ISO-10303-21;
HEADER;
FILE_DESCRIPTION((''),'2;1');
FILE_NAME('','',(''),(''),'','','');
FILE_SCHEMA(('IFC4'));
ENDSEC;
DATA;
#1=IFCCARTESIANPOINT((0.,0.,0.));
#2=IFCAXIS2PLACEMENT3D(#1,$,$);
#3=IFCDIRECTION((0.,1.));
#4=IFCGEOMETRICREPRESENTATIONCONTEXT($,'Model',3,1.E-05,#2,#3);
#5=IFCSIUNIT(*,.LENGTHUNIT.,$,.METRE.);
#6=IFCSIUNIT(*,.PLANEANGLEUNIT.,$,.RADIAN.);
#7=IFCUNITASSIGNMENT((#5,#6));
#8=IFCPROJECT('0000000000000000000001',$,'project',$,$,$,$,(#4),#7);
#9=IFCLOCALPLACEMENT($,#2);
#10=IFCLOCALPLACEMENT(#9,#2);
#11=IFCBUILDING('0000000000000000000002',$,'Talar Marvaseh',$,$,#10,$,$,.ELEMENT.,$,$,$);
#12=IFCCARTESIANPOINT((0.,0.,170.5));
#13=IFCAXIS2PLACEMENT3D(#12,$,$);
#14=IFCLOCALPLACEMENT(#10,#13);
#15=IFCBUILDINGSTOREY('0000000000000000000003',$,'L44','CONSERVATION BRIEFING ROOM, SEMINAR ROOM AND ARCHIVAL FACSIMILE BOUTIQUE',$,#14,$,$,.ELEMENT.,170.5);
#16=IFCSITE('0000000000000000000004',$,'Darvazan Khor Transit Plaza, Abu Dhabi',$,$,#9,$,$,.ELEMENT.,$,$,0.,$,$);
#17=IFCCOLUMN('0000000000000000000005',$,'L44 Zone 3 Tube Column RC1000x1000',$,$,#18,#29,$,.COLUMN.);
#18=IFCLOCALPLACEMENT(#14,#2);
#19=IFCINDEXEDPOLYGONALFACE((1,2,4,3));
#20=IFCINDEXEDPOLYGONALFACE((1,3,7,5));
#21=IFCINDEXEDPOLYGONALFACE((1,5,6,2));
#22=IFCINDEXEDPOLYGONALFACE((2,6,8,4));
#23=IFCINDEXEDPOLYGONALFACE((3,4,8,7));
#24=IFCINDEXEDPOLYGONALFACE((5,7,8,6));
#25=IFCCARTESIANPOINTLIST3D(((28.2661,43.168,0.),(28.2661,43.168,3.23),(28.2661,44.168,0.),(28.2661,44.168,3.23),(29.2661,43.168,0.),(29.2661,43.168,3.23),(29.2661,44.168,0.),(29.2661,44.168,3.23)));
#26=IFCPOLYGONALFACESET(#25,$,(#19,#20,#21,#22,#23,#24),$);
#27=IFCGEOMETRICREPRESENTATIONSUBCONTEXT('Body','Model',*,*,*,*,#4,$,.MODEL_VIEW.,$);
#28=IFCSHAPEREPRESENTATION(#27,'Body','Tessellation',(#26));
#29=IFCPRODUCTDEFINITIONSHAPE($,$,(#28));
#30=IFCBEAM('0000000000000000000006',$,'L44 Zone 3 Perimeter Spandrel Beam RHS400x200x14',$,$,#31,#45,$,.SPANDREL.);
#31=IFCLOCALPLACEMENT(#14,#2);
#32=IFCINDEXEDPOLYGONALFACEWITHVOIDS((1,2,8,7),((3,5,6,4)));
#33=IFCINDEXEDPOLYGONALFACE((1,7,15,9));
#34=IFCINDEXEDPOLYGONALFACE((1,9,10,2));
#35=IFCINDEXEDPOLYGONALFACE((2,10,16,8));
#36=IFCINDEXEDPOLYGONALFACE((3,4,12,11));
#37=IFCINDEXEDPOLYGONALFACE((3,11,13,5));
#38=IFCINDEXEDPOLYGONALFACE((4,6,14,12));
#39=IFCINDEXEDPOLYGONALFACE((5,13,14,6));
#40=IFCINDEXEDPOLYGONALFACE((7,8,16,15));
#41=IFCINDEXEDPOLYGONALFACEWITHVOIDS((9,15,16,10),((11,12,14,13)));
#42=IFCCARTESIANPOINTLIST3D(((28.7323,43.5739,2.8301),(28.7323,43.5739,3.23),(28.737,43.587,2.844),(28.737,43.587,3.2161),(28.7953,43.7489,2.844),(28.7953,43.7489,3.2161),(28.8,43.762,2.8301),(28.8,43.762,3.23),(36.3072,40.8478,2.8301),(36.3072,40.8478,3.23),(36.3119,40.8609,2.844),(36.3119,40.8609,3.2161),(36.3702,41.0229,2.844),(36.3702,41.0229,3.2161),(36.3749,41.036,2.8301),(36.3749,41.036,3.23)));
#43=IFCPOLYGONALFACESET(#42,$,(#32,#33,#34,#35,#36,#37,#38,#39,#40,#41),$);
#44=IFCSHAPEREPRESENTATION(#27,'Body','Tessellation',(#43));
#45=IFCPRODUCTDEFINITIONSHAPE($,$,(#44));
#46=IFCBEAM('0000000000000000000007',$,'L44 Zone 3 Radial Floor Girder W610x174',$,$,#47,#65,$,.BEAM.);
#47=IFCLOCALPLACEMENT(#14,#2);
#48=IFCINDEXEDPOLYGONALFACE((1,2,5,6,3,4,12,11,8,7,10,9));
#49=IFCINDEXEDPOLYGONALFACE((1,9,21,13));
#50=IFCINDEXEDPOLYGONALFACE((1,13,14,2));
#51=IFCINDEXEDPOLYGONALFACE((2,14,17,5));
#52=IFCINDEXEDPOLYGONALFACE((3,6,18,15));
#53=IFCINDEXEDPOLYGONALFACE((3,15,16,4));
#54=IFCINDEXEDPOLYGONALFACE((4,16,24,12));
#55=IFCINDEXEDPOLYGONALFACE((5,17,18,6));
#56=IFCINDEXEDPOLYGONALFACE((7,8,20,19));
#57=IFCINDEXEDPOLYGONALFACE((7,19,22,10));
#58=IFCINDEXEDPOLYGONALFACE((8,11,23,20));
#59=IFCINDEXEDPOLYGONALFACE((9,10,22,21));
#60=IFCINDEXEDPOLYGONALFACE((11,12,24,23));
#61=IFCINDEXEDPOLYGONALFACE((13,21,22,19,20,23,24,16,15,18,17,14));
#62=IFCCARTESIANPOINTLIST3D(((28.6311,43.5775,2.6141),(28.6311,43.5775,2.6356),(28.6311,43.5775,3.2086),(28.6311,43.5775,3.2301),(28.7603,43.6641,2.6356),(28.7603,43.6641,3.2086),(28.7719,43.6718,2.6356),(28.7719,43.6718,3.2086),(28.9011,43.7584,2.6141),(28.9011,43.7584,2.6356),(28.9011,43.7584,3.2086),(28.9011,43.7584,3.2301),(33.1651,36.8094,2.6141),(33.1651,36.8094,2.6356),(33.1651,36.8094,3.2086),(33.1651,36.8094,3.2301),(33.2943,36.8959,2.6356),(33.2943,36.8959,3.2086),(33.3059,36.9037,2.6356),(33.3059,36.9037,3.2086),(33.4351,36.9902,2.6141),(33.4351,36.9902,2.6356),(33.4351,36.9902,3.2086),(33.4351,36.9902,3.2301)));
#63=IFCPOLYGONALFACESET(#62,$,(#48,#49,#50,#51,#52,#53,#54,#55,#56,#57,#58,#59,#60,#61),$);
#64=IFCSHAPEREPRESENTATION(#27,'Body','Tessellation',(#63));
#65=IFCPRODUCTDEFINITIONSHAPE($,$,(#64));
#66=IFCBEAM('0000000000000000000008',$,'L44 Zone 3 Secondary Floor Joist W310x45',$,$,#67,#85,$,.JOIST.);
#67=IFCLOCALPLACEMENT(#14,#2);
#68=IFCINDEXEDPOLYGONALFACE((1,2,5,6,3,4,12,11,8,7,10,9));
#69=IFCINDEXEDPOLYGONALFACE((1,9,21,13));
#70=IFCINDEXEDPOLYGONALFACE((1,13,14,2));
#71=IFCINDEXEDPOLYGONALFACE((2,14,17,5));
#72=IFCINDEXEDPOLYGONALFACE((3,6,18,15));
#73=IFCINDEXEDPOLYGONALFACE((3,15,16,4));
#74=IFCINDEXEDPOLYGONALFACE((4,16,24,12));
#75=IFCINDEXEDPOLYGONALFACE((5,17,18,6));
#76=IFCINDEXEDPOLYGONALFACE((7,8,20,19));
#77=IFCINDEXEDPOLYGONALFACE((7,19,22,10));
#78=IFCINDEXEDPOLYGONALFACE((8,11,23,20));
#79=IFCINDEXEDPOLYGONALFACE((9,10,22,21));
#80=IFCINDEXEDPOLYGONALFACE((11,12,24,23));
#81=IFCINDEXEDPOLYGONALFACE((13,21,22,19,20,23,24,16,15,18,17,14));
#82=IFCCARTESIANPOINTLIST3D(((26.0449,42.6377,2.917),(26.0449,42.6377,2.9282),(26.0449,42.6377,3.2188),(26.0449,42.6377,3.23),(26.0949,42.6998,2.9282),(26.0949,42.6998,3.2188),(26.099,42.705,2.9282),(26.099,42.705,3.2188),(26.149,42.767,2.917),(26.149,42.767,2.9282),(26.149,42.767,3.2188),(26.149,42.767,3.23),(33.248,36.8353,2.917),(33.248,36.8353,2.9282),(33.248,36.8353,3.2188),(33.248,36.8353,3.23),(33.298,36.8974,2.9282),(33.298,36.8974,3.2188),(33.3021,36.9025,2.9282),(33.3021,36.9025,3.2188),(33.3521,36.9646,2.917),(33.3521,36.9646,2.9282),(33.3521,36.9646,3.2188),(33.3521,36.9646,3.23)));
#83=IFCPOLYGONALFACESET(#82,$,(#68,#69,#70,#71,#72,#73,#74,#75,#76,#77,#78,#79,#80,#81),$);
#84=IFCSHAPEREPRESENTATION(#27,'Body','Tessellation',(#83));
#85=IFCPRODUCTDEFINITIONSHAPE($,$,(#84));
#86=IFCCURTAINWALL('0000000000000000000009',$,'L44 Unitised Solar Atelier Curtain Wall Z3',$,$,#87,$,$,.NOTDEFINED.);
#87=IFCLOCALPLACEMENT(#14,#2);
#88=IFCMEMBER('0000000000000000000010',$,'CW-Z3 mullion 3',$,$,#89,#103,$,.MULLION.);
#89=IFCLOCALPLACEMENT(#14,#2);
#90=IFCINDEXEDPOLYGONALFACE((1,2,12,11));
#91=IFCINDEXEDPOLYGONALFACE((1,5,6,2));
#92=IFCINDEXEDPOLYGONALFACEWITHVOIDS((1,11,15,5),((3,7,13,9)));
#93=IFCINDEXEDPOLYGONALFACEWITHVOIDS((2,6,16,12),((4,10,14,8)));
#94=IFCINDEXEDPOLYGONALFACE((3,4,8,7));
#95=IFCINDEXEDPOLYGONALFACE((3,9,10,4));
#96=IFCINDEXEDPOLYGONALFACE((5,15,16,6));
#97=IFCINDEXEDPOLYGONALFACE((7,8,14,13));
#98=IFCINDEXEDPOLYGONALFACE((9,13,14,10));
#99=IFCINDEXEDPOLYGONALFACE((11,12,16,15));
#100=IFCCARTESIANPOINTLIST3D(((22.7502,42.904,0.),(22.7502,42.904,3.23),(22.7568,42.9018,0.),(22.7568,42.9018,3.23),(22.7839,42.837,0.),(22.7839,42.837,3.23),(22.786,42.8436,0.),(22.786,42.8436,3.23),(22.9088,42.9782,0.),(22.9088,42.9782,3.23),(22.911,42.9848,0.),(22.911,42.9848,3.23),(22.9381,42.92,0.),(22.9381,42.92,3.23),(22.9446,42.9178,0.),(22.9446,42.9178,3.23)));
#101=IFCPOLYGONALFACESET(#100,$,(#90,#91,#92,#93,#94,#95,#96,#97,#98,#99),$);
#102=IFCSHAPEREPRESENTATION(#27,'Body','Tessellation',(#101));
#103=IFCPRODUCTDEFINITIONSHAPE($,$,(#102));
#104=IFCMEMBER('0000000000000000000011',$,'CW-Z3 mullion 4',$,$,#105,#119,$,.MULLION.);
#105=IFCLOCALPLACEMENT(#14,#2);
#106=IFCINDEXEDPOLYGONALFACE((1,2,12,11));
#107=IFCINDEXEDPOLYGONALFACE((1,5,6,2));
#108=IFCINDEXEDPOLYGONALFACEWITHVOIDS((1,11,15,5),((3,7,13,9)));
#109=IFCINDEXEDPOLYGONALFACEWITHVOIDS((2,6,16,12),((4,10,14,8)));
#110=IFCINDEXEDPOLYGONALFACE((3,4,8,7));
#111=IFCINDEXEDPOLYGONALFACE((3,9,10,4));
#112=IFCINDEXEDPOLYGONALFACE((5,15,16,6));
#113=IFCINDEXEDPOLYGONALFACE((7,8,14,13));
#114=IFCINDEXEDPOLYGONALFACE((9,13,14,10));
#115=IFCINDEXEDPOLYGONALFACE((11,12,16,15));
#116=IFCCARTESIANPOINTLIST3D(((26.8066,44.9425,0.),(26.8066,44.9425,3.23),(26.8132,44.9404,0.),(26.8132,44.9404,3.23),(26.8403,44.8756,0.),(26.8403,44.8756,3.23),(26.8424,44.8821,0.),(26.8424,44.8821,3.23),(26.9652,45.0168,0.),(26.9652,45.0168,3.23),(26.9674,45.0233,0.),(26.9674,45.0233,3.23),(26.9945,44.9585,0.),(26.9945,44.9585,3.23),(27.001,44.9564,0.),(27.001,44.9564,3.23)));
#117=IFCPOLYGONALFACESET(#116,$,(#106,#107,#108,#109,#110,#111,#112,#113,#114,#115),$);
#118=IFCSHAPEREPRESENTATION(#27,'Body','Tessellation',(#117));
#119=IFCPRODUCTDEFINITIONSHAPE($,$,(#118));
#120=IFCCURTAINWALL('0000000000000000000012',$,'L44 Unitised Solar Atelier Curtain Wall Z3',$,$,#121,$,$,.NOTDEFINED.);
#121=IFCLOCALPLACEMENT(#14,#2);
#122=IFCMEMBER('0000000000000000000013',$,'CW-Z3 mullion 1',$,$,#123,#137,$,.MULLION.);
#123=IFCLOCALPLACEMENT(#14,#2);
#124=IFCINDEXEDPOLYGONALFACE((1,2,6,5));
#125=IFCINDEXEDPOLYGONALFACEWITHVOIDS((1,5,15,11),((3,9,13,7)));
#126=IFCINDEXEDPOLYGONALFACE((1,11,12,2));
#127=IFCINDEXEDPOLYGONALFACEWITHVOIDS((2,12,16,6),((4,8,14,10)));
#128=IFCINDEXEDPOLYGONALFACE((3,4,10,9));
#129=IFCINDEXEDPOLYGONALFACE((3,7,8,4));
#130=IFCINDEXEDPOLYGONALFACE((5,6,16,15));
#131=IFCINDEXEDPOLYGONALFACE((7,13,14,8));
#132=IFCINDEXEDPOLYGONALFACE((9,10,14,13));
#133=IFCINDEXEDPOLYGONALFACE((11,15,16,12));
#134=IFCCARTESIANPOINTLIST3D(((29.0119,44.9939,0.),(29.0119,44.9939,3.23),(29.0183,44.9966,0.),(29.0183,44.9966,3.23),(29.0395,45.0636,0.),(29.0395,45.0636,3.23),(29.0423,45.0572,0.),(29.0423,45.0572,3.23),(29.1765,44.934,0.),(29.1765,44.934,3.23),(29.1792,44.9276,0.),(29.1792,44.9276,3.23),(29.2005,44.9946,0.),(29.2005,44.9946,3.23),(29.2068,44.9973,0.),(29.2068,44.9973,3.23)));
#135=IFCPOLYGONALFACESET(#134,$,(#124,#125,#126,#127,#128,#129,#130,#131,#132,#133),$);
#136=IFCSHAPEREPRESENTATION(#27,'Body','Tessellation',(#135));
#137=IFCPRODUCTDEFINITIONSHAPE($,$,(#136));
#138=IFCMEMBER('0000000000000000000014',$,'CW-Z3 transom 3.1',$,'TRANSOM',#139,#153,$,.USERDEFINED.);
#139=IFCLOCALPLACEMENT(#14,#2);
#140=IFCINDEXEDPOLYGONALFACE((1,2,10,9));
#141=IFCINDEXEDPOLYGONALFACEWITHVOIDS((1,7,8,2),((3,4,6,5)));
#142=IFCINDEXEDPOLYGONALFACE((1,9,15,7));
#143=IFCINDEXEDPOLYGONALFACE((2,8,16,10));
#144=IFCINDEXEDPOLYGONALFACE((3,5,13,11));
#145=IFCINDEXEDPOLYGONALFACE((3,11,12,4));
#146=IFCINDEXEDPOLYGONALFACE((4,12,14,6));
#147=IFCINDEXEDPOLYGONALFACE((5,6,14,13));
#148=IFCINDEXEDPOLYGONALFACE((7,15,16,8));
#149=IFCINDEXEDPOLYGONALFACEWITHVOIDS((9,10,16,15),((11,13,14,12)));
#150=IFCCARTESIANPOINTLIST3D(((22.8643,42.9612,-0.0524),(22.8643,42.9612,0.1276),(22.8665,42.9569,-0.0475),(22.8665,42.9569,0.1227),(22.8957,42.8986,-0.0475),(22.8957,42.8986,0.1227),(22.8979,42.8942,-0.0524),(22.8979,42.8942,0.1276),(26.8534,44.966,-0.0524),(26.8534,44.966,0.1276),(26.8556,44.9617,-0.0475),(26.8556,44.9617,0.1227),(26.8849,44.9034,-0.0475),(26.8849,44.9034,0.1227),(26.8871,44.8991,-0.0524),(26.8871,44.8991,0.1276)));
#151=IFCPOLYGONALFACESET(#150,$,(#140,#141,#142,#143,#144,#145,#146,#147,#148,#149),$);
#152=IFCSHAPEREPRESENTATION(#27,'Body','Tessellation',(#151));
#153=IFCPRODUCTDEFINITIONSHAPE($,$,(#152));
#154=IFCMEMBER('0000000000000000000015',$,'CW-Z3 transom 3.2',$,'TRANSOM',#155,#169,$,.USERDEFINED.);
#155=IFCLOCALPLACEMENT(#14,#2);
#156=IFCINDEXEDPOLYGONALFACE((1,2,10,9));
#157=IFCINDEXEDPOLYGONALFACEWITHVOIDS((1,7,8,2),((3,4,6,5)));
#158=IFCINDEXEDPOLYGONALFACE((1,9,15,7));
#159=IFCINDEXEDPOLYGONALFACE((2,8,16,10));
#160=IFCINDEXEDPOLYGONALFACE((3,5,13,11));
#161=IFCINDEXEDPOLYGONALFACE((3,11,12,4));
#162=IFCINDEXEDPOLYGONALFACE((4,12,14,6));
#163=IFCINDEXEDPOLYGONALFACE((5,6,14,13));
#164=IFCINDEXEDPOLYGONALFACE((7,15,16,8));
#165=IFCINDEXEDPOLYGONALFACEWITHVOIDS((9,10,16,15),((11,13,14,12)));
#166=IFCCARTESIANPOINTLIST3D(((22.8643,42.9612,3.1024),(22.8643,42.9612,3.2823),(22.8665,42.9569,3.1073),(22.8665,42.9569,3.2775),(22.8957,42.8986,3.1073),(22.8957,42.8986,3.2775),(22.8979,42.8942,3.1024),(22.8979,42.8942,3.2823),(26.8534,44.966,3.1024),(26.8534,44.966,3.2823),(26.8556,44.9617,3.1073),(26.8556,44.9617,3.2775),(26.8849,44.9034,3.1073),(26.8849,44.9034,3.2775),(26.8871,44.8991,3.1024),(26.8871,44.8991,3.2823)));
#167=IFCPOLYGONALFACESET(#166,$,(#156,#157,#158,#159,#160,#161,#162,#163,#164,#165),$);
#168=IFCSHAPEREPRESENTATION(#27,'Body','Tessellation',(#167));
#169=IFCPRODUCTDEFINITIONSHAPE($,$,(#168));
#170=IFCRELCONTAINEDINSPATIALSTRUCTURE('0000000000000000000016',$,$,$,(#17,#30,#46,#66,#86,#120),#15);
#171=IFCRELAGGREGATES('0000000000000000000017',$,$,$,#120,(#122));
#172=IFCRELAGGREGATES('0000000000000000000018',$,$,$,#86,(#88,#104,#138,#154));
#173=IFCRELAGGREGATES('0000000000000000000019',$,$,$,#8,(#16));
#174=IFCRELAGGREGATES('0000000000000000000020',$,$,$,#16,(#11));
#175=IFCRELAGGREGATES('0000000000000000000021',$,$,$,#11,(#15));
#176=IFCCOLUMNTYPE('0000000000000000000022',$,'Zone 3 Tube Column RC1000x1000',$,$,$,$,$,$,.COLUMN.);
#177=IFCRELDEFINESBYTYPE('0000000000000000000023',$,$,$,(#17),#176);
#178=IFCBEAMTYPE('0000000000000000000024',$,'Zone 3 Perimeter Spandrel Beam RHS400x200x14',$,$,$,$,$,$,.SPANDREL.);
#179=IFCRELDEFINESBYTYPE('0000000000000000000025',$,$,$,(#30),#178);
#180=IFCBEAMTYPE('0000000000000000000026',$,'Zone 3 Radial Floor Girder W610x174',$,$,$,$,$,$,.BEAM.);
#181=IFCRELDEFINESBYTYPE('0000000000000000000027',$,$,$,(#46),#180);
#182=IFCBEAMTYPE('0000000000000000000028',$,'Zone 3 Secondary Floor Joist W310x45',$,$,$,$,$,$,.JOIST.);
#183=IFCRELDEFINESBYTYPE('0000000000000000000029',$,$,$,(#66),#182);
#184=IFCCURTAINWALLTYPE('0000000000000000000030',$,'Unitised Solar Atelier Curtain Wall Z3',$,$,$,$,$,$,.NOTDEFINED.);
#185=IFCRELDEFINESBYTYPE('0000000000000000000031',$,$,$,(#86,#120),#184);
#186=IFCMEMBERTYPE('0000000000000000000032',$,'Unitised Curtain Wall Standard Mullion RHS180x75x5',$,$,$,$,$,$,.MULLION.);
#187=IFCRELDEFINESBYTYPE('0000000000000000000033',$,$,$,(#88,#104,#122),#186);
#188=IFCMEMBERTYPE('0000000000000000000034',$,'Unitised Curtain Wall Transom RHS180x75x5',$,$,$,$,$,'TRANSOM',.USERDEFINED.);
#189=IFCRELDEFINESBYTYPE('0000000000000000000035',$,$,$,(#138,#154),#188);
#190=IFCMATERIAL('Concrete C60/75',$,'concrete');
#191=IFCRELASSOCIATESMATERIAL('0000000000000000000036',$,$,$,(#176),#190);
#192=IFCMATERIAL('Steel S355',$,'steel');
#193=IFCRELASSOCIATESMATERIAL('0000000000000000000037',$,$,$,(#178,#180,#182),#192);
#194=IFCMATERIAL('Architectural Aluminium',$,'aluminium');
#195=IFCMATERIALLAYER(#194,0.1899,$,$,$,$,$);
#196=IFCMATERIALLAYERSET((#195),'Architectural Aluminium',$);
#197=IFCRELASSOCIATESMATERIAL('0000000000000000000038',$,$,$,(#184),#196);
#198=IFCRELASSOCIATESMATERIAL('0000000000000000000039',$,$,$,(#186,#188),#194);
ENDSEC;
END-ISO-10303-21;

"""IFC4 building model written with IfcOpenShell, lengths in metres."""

from ifc_helpers import new_model, si_unit, direction, frame, origin, origin_2d, place, context, subcontext, project, spatial, rectangle, hollow_rectangle, i_section, extrude, source, transform, mapped, material, layer, layer_set, material_profile, profile_set, type_object, type_shapes, element, aggregate, save


model = new_model("IFC4")

# Units and contexts
model_context = context("Model", 3, precision=1e-05, world=origin(), true_north=direction((0.0, 1.0)))
body_context = subcontext(model_context, "Body", "Model", "MODEL_VIEW")
ifc_project = project(units=[si_unit("LENGTHUNIT", "METRE"), si_unit("PLANEANGLEUNIT", "RADIAN")], contexts=[model_context])

# Site, building, storey
site_placement = place(None, origin())
site = spatial("IfcSite", under=ifc_project, at=site_placement, Name="Darvazan Khor Transit Plaza, Abu Dhabi", CompositionType="ELEMENT", RefElevation=0.0)
building_placement = place(site_placement, origin())
building = spatial("IfcBuilding", under=site, at=building_placement, Name="Talar Marvaseh", CompositionType="ELEMENT")
storey_placement = place(building_placement, frame((0.0, 0.0, 170.5)))
storey = spatial("IfcBuildingStorey", under=building, at=storey_placement, Name="L44", Description="CONSERVATION BRIEFING ROOM, SEMINAR ROOM AND ARCHIVAL FACSIMILE BOUTIQUE", CompositionType="ELEMENT", Elevation=170.5)

# Column
ifc_material_1 = material(Name="Concrete C60/75", Category="concrete")
ifc_material_profile_1 = material_profile(ifc_material_1, rectangle(XDim=1.0, YDim=1.0, at=origin_2d()), Name="RC1000x1000")
ifc_profile_set_1 = profile_set([ifc_material_profile_1], Name="Concrete C60/75")
column_type = type_object("IfcColumnType", Name="Zone 3 Tube Column RC1000x1000", PredefinedType="COLUMN", material=ifc_profile_set_1)
column_placement = place(storey_placement, frame((28.7661, 43.668, 0.0), z_axis=(0.0, 0.0, 1.0), x_axis=(1.0, 0.0, 0.0)))
element("IfcColumn", 1, at=column_placement, inside=storey, type_object=column_type, Name="L44 Zone 3 Tube Column RC1000x1000", PredefinedType="COLUMN", context=body_context, shape_type="SweptSolid", body=[
    extrude(rectangle(XDim=1.0, YDim=1.0, at=origin_2d()), origin(), (0.0, 0.0, 1.0), 3.23),
])

# Beams
ifc_material_2 = material(Name="Steel S355", Category="steel")
ifc_material_profile_2 = material_profile(ifc_material_2, hollow_rectangle(XDim=0.2, YDim=0.3999, WallThickness=0.0139, at=origin_2d()), Name="RHS400x200x14")
ifc_profile_set_2 = profile_set([ifc_material_profile_2], Name="Steel S355")
beam_type_1 = type_object("IfcBeamType", Name="Zone 3 Perimeter Spandrel Beam RHS400x200x14", PredefinedType="SPANDREL", material=ifc_profile_set_2)
beam_1_placement = place(storey_placement, frame((28.7661, 43.668, 3.03), z_axis=(0.940923, -0.33862, 0.0), x_axis=(0.33862, 0.940923, 0.0)))
element("IfcBeam", 2, at=beam_1_placement, inside=storey, type_object=beam_type_1, Name="L44 Zone 3 Perimeter Spandrel Beam RHS400x200x14", PredefinedType="SPANDREL", context=body_context, shape_type="SweptSolid", body=[
    extrude(hollow_rectangle(XDim=0.2, YDim=0.3999, WallThickness=0.0139, at=origin_2d()), origin(), (0.0, 0.0, 1.0), 8.0505),
])
ifc_material_profile_3 = material_profile(ifc_material_2, i_section(OverallWidth=0.325, OverallDepth=0.616, WebThickness=0.0139, FlangeThickness=0.0215, at=origin_2d()), Name="W610x174")
ifc_profile_set_3 = profile_set([ifc_material_profile_3], Name="Steel S355")
beam_type_2 = type_object("IfcBeamType", Name="Zone 3 Radial Floor Girder W610x174", PredefinedType="BEAM", material=ifc_profile_set_3)
beam_2_placement = place(storey_placement, frame((28.7661, 43.668, 2.9221), z_axis=(0.556559, -0.830808, 0.0), x_axis=(0.830808, 0.556559, 0.0)))
element("IfcBeam", 3, at=beam_2_placement, inside=storey, type_object=beam_type_2, Name="L44 Zone 3 Radial Floor Girder W610x174", PredefinedType="BEAM", context=body_context, shape_type="SweptSolid", body=[
    extrude(i_section(OverallWidth=0.325, OverallDepth=0.616, WebThickness=0.0139, FlangeThickness=0.0215, at=origin_2d()), origin(), (0.0, 0.0, 1.0), 8.1465),
])
ifc_material_profile_4 = material_profile(ifc_material_2, i_section(OverallWidth=0.166, OverallDepth=0.313, WebThickness=0.0066, FlangeThickness=0.0112, at=origin_2d()), Name="W310x45")
ifc_profile_set_4 = profile_set([ifc_material_profile_4], Name="Steel S355")
beam_type_3 = type_object("IfcBeamType", Name="Zone 3 Secondary Floor Joist W310x45", PredefinedType="JOIST", material=ifc_profile_set_4)
beam_3_placement = place(storey_placement, frame((26.0969, 42.7024, 3.0735), z_axis=(0.778755, -0.627328, 0.0), x_axis=(0.627328, 0.778755, 0.0)))
element("IfcBeam", 4, at=beam_3_placement, inside=storey, type_object=beam_type_3, Name="L44 Zone 3 Secondary Floor Joist W310x45", PredefinedType="JOIST", context=body_context, shape_type="SweptSolid", body=[
    extrude(i_section(OverallWidth=0.166, OverallDepth=0.313, WebThickness=0.0066, FlangeThickness=0.0112, at=origin_2d()), origin(), (0.0, 0.0, 1.0), 9.2495),
])

# Curtain wall, members
ifc_material_3 = material(Name="Architectural Aluminium", Category="aluminium")
ifc_layer_1 = layer(ifc_material_3, 0.1899)
ifc_layer_set_1 = layer_set([ifc_layer_1], Name="Architectural Aluminium")
curtain_wall_type = type_object("IfcCurtainWallType", Name="Unitised Solar Atelier Curtain Wall Z3", PredefinedType="NOTDEFINED", material=ifc_layer_set_1)
curtain_wall_1_placement = place(storey_placement, origin())
curtain_wall_1 = element("IfcCurtainWall", 5, at=curtain_wall_1_placement, inside=storey, type_object=curtain_wall_type, Name="L44 Unitised Solar Atelier Curtain Wall Z3", PredefinedType="NOTDEFINED")
ifc_material_profile_5 = material_profile(ifc_material_3, hollow_rectangle(XDim=0.075, YDim=0.1799, WallThickness=0.0049, at=origin_2d()), Name="RHS180x75x5")
ifc_profile_set_5 = profile_set([ifc_material_profile_5], Name="Architectural Aluminium")
member_type_1 = type_object("IfcMemberType", Name="Unitised Curtain Wall Standard Mullion RHS180x75x5", PredefinedType="MULLION", material=ifc_profile_set_5)
shared_shape_1 = source(origin(), body_context, "Body", "SweptSolid", [
    extrude(hollow_rectangle(XDim=0.075, YDim=0.1799, WallThickness=0.0049, at=origin_2d()), origin(), (0.0, 0.0, 1.0), 3.23),
])
type_shapes(member_type_1, [shared_shape_1])
member_1_placement = place(storey_placement, frame((22.8474, 42.9109, 0.0), z_axis=(0.0, 0.0, 1.0), x_axis=(-0.449042, 0.893511, 0.0)))
member_1 = element("IfcMember", 6, at=member_1_placement, type_object=member_type_1, Name="CW-Z3 mullion 3", PredefinedType="MULLION", context=body_context, shape_type="MappedRepresentation", body=[
    mapped(shared_shape_1, transform((0.0, 0.0, 0.0), x_axis=(1.0, 0.0, 0.0), y_axis=(0.0, 1.0, 0.0), z_axis=(0.0, 0.0, 1.0), scale=1.0)),
])
member_2_placement = place(storey_placement, frame((26.9038, 44.9495, 0.0), z_axis=(0.0, 0.0, 1.0), x_axis=(-0.449042, 0.893511, 0.0)))
member_2 = element("IfcMember", 7, at=member_2_placement, type_object=member_type_1, Name="CW-Z3 mullion 4", PredefinedType="MULLION", context=body_context, shape_type="MappedRepresentation", body=[
    mapped(shared_shape_1, transform((0.0, 0.0, 0.0), x_axis=(1.0, 0.0, 0.0), y_axis=(0.0, 1.0, 0.0), z_axis=(0.0, 0.0, 1.0), scale=1.0)),
])

# Curtain wall, member
curtain_wall_2_placement = place(storey_placement, origin())
curtain_wall_2 = element("IfcCurtainWall", 8, at=curtain_wall_2_placement, inside=storey, type_object=curtain_wall_type, Name="L44 Unitised Solar Atelier Curtain Wall Z3", PredefinedType="NOTDEFINED")
member_3_placement = place(storey_placement, frame((29.1094, 44.9956, 0.0), z_axis=(0.0, 0.0, 1.0), x_axis=(0.368062, 0.929801, 0.0)))
member_3 = element("IfcMember", 9, at=member_3_placement, type_object=member_type_1, Name="CW-Z3 mullion 1", PredefinedType="MULLION", context=body_context, shape_type="MappedRepresentation", body=[
    mapped(shared_shape_1, transform((0.0, 0.0, 0.0), x_axis=(1.0, 0.0, 0.0), y_axis=(0.0, 1.0, 0.0), z_axis=(0.0, 0.0, 1.0), scale=1.0)),
])

# Members
ifc_material_profile_6 = material_profile(ifc_material_3, hollow_rectangle(XDim=0.075, YDim=0.1799, WallThickness=0.0049, at=origin_2d()), Name="RHS180x75x5")
ifc_profile_set_6 = profile_set([ifc_material_profile_6], Name="Architectural Aluminium")
member_type_2 = type_object("IfcMemberType", Name="Unitised Curtain Wall Transom RHS180x75x5", ElementType="TRANSOM", PredefinedType="USERDEFINED", material=ifc_profile_set_6)
shared_shape_2 = source(origin(), body_context, "Body", "SweptSolid", [
    extrude(hollow_rectangle(XDim=0.075, YDim=0.1799, WallThickness=0.0049, at=origin_2d()), origin(), (0.0, 0.0, 1.0), 4.4646),
])
member_4_placement = place(storey_placement, frame((22.8811, 42.9277, 0.0376), z_axis=(0.893507, 0.44905, 0.0), x_axis=(-0.44905, 0.893507, 0.0)))
member_4 = element("IfcMember", 10, at=member_4_placement, type_object=member_type_2, Name="CW-Z3 transom 3.1", ObjectType="TRANSOM", PredefinedType="USERDEFINED", context=body_context, shape_type="MappedRepresentation", body=[
    mapped(shared_shape_2, transform((0.0, 0.0, 0.0), x_axis=(1.0, 0.0, 0.0), y_axis=(0.0, 1.0, 0.0), z_axis=(0.0, 0.0, 1.0), scale=1.0)),
])
member_5_placement = place(storey_placement, frame((22.8811, 42.9277, 3.1924), z_axis=(0.893507, 0.44905, 0.0), x_axis=(-0.44905, 0.893507, 0.0)))
member_5 = element("IfcMember", 11, at=member_5_placement, type_object=member_type_2, Name="CW-Z3 transom 3.2", ObjectType="TRANSOM", PredefinedType="USERDEFINED", context=body_context, shape_type="MappedRepresentation", body=[
    mapped(shared_shape_2, transform((0.0, 0.0, 0.0), x_axis=(1.0, 0.0, 0.0), y_axis=(0.0, 1.0, 0.0), z_axis=(0.0, 0.0, 1.0), scale=1.0)),
])

aggregate(curtain_wall_2, [member_3])
aggregate(curtain_wall_1, [member_1, member_2, member_4, member_5])

save(model, "model.ifc")
